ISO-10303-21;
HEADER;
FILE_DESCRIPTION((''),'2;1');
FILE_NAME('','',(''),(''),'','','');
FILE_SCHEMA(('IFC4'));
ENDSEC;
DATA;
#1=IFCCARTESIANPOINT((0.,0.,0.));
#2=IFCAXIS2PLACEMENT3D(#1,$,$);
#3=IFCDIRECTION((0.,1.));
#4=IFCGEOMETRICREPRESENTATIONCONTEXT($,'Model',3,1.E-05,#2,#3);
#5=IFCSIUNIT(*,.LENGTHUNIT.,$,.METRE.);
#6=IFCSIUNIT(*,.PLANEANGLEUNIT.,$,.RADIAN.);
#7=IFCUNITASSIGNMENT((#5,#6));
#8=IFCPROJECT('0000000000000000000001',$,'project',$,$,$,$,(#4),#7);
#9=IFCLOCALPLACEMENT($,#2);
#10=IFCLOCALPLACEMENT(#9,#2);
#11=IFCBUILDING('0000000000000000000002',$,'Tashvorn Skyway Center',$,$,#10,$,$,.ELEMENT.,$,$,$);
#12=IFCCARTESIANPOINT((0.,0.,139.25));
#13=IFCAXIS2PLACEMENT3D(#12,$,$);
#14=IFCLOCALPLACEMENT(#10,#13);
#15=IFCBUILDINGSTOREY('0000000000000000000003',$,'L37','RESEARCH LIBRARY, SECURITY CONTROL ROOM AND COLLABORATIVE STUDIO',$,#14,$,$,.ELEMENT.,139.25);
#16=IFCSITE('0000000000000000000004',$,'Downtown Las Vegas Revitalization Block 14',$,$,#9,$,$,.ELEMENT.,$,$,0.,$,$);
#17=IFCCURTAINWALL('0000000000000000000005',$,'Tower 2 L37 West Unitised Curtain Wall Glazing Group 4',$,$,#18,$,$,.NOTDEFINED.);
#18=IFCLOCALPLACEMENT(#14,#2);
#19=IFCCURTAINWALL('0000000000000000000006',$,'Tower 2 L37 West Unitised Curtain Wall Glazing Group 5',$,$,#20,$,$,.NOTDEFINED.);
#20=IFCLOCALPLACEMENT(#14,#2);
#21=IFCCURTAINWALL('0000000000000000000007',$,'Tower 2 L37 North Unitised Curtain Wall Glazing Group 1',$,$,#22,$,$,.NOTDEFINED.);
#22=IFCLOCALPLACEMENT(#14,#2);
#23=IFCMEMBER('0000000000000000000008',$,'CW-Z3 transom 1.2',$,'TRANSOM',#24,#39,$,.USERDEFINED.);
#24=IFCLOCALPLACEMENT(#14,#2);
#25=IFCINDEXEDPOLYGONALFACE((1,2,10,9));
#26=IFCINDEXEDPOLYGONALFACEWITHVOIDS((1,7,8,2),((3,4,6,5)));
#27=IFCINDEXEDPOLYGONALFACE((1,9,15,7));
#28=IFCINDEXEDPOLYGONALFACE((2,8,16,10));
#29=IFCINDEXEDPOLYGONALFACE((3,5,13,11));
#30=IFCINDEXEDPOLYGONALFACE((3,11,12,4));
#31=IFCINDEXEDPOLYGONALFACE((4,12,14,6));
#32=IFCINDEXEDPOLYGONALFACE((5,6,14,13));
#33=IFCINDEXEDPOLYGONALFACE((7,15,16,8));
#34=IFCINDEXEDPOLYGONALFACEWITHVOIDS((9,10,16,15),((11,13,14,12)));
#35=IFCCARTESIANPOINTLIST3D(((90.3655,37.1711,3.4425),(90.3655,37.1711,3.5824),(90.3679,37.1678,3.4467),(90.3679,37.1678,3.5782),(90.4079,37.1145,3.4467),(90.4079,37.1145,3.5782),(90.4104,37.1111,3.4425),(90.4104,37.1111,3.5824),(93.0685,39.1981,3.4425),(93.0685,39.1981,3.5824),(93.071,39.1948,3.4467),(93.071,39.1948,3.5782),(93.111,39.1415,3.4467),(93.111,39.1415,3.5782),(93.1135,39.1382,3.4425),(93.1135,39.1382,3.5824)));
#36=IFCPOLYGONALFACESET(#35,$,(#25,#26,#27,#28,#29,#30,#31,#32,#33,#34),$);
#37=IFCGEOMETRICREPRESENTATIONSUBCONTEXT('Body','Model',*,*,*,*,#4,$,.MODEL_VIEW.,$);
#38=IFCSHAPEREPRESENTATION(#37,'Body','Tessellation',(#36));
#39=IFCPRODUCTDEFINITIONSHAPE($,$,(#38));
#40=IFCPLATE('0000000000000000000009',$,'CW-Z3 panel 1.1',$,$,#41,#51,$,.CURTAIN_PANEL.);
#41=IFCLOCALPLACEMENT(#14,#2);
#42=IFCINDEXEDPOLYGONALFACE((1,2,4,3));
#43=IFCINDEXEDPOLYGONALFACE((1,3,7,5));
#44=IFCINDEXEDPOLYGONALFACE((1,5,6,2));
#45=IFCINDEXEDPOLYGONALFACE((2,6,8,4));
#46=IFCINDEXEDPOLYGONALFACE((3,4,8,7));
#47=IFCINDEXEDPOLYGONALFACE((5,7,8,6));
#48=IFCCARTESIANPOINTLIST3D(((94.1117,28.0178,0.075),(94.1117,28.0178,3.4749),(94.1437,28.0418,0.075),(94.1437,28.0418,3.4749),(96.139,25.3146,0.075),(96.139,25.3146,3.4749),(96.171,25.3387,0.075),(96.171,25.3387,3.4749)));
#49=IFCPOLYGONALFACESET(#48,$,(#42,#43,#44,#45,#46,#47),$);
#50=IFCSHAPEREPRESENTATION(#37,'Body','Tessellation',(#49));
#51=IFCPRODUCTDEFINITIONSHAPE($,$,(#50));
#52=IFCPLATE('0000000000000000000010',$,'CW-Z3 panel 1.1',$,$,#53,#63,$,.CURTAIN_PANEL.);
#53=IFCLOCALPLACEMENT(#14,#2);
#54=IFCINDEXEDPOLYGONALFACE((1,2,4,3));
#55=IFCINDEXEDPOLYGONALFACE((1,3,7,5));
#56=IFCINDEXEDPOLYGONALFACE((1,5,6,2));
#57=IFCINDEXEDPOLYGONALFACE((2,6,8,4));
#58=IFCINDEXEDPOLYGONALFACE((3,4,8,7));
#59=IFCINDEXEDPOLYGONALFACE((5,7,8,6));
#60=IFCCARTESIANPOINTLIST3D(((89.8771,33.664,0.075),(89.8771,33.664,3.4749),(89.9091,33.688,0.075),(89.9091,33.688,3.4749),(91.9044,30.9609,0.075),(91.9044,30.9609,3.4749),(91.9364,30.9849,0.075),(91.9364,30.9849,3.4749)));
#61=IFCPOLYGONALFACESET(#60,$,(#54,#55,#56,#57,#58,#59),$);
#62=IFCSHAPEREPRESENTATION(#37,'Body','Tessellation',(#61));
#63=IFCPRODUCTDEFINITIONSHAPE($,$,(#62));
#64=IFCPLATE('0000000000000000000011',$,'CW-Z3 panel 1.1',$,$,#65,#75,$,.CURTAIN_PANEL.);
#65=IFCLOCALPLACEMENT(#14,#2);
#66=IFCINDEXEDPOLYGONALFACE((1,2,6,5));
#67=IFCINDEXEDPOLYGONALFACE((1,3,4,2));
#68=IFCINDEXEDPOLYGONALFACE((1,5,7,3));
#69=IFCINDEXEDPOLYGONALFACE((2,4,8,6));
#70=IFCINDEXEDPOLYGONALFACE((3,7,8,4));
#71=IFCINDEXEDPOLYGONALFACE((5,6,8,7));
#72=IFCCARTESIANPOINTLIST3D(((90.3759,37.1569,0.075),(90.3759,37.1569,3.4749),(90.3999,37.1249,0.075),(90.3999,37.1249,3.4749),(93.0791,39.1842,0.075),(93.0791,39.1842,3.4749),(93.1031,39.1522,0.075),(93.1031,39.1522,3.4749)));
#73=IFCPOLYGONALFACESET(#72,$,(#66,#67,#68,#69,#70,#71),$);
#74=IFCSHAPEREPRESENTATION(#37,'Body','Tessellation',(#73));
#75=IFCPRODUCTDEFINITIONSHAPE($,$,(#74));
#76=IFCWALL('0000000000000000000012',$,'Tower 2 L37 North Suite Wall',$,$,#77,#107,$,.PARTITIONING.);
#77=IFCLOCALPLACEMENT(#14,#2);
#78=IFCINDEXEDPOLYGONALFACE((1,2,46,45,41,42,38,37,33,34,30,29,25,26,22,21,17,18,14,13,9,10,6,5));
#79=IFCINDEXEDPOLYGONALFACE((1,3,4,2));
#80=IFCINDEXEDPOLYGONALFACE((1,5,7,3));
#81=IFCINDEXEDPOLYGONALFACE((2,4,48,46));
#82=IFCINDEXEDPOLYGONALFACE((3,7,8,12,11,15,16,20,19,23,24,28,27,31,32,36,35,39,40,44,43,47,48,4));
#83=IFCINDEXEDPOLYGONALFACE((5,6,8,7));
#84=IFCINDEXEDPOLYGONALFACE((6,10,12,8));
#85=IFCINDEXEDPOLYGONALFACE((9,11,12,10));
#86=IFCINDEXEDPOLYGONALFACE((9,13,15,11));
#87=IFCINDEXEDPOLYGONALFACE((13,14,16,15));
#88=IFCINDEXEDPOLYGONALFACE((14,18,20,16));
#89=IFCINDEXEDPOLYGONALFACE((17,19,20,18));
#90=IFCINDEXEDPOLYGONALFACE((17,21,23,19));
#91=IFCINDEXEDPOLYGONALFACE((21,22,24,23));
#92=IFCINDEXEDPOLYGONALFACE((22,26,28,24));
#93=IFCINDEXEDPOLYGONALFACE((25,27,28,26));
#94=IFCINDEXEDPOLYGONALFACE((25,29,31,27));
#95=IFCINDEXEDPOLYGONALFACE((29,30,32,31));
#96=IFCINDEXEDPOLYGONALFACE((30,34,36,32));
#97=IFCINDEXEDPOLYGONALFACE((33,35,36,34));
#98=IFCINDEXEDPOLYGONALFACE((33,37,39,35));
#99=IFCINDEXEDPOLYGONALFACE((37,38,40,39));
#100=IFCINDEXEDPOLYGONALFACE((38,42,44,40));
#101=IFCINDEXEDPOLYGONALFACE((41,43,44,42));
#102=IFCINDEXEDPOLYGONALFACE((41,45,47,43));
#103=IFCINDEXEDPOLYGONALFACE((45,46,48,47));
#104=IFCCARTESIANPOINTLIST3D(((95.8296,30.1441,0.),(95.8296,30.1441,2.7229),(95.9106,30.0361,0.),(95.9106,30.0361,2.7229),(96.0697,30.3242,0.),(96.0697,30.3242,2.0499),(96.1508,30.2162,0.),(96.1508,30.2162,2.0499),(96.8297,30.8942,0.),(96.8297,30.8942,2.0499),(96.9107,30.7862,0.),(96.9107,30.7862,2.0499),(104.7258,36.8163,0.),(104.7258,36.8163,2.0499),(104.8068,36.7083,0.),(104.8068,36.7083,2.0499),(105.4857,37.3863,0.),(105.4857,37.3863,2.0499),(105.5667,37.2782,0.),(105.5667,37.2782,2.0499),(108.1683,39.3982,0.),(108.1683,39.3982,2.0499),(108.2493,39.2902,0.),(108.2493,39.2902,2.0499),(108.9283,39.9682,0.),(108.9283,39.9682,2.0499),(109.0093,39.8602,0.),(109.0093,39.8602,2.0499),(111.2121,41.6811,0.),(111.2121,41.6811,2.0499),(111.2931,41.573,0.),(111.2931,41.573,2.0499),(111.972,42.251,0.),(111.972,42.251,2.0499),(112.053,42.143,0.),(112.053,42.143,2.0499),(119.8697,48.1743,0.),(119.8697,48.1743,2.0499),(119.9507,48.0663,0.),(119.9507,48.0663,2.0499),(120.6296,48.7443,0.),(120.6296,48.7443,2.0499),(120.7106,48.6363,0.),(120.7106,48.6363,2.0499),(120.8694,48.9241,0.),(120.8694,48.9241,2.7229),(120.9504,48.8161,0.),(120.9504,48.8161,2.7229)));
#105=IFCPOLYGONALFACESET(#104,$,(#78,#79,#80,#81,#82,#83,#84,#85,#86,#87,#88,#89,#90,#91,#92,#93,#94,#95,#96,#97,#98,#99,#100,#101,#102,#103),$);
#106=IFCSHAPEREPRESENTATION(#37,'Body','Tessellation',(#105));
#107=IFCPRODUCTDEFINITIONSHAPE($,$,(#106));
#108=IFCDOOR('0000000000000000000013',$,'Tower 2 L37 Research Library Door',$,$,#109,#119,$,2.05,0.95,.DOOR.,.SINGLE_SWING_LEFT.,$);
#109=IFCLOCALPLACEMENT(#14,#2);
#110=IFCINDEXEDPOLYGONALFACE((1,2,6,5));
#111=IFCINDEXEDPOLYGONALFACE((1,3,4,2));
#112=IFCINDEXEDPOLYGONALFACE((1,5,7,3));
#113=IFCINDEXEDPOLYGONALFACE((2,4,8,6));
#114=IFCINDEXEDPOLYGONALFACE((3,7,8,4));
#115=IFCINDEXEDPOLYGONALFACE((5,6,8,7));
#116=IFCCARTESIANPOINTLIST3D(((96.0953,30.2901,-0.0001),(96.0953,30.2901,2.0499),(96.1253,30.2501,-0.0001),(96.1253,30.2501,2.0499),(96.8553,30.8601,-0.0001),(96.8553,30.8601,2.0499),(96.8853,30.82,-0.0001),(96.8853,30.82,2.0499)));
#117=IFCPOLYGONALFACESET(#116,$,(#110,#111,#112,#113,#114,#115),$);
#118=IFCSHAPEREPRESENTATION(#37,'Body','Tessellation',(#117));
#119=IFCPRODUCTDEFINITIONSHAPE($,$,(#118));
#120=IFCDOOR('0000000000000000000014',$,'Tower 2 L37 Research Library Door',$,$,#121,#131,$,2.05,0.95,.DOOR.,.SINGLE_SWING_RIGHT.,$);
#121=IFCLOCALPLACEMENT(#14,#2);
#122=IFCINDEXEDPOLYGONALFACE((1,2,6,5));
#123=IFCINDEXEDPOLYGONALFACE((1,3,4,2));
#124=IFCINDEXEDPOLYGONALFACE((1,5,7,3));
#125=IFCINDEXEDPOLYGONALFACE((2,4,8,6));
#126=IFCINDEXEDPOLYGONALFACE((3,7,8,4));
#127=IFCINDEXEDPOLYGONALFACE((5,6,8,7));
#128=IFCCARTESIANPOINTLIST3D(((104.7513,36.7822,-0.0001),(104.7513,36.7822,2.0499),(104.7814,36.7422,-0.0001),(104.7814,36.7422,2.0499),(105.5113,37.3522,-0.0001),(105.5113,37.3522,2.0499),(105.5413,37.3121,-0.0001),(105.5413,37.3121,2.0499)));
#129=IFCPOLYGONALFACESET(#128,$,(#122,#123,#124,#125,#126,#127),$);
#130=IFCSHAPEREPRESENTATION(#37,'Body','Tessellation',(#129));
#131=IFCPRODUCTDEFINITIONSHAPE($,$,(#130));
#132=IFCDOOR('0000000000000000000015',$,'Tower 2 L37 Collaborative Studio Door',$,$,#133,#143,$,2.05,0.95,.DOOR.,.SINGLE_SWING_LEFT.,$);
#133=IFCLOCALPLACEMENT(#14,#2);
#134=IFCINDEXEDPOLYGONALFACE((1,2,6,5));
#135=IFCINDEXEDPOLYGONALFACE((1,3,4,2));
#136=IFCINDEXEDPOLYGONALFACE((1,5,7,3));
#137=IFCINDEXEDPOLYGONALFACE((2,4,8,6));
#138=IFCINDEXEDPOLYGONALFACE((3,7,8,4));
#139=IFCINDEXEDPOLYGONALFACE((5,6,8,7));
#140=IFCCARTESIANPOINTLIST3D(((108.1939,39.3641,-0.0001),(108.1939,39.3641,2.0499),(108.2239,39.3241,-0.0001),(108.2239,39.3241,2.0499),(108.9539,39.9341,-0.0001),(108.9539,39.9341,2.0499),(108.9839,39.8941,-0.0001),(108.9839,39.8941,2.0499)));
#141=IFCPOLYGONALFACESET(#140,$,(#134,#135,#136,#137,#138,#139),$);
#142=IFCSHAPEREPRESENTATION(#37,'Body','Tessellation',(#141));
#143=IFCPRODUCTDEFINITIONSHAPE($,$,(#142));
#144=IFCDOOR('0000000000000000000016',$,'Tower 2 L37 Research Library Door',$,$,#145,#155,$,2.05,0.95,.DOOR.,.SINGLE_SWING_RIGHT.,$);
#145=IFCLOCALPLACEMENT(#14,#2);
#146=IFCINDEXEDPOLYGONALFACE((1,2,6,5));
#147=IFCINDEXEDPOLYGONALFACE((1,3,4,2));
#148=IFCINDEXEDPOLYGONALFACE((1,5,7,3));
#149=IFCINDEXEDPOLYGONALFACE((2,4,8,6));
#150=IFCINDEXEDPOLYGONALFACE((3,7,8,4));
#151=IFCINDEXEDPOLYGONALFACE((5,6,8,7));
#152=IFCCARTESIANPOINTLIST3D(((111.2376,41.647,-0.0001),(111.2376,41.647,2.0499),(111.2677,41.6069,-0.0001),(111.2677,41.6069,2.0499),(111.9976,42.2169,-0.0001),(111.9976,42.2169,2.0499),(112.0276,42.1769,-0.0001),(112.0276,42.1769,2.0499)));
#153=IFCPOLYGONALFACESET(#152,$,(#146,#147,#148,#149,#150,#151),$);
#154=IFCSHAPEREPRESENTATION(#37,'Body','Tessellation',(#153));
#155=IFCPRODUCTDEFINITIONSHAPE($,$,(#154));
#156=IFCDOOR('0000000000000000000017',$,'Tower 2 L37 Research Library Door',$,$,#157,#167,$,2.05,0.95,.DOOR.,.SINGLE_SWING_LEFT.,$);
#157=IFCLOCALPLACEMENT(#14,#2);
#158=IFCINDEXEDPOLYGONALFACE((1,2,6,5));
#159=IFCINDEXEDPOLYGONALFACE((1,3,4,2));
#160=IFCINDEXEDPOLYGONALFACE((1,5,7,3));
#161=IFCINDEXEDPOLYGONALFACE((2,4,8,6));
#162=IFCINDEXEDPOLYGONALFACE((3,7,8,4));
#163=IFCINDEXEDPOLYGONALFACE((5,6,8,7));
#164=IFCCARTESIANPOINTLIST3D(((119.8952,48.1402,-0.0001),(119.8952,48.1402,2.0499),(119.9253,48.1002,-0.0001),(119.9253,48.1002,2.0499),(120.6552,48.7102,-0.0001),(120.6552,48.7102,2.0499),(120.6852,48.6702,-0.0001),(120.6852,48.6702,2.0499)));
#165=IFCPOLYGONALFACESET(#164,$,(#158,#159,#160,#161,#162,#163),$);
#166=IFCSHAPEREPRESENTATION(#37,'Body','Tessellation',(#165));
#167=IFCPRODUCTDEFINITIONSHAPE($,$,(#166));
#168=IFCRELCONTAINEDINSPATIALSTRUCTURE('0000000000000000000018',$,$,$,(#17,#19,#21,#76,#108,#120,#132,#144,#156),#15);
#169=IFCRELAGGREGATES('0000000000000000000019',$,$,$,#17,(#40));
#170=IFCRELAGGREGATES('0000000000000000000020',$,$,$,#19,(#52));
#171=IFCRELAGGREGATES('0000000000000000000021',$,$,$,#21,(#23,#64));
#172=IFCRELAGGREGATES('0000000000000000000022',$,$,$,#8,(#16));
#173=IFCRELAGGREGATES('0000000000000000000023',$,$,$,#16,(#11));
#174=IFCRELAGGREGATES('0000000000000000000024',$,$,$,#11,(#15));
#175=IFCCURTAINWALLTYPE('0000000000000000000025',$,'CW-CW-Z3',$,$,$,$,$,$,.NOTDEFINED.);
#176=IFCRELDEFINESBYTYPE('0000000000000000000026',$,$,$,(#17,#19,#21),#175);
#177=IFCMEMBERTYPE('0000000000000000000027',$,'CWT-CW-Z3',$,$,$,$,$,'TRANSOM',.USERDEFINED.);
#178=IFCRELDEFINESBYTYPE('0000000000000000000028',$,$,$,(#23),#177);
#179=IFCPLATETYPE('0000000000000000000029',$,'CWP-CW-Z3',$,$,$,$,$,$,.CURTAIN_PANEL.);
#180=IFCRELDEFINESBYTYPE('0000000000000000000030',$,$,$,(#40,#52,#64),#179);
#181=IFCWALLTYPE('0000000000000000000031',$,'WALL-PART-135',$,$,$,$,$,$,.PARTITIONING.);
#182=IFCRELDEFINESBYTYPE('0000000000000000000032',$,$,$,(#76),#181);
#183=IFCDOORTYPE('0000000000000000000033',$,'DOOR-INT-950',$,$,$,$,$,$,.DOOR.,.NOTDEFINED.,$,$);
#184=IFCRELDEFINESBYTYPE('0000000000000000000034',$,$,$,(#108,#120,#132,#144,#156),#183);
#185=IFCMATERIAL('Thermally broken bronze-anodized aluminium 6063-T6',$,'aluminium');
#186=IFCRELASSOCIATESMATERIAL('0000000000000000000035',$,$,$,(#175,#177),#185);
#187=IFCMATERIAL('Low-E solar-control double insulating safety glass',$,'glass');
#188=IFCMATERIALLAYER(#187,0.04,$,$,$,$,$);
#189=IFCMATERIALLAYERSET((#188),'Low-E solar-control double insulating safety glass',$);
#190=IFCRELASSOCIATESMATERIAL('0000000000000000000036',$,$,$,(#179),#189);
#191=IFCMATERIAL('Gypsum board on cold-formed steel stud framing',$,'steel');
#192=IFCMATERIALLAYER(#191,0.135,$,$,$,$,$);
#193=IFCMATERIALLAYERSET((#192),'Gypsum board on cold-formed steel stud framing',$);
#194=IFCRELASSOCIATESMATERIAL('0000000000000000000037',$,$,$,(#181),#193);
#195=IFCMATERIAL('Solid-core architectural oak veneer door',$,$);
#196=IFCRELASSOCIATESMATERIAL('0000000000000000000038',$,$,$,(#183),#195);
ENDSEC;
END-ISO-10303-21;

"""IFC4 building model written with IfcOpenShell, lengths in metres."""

from ifc_helpers import new_model, si_unit, direction, frame, frame_2d, origin, origin_2d, place, context, subcontext, project, spatial, rectangle, hollow_rectangle, extrude, material, layer, layer_set, material_profile, profile_set, type_object, element, fill, aggregate, save


model = new_model("IFC4")

# Units and contexts
model_context = context("Model", 3, precision=1e-05, world=origin(), true_north=direction((0.0, 1.0)))
body_context = subcontext(model_context, "Body", "Model", "MODEL_VIEW")
ifc_project = project(units=[si_unit("LENGTHUNIT", "METRE"), si_unit("PLANEANGLEUNIT", "RADIAN")], contexts=[model_context])

# Site, building, storey
site_placement = place(None, origin())
site = spatial("IfcSite", under=ifc_project, at=site_placement, Name="Downtown Las Vegas Revitalization Block 14", CompositionType="ELEMENT", RefElevation=0.0)
building_placement = place(site_placement, origin())
building = spatial("IfcBuilding", under=site, at=building_placement, Name="Tashvorn Skyway Center", CompositionType="ELEMENT")
storey_placement = place(building_placement, frame((0.0, 0.0, 139.25)))
storey = spatial("IfcBuildingStorey", under=building, at=storey_placement, Name="L37", Description="RESEARCH LIBRARY, SECURITY CONTROL ROOM AND COLLABORATIVE STUDIO", CompositionType="ELEMENT", Elevation=139.25)

# Curtain walls
ifc_material_1 = material(Name="Thermally broken bronze-anodized aluminium 6063-T6", Category="aluminium")
curtain_wall_type = type_object("IfcCurtainWallType", Name="CW-CW-Z3", PredefinedType="NOTDEFINED", material=ifc_material_1)
curtain_wall_1_placement = place(storey_placement, origin())
curtain_wall_1 = element("IfcCurtainWall", 1, at=curtain_wall_1_placement, inside=storey, type_object=curtain_wall_type, Name="Tower 2 L37 West Unitised Curtain Wall Glazing Group 4", PredefinedType="NOTDEFINED")
curtain_wall_2_placement = place(storey_placement, origin())
curtain_wall_2 = element("IfcCurtainWall", 2, at=curtain_wall_2_placement, inside=storey, type_object=curtain_wall_type, Name="Tower 2 L37 West Unitised Curtain Wall Glazing Group 5", PredefinedType="NOTDEFINED")
curtain_wall_3_placement = place(storey_placement, origin())
curtain_wall_3 = element("IfcCurtainWall", 3, at=curtain_wall_3_placement, inside=storey, type_object=curtain_wall_type, Name="Tower 2 L37 North Unitised Curtain Wall Glazing Group 1", PredefinedType="NOTDEFINED")

# Member
ifc_material_profile_1 = material_profile(ifc_material_1, hollow_rectangle(XDim=0.075, YDim=0.1399, WallThickness=0.0042, at=origin_2d()), Name="ALU-TRAN-75x140")
ifc_profile_set_1 = profile_set([ifc_material_profile_1], Name="Thermally broken bronze-anodized aluminium 6063-T6")
member_type_1 = type_object("IfcMemberType", Name="CWT-CW-Z3", ElementType="TRANSOM", PredefinedType="USERDEFINED", material=ifc_profile_set_1)
member_1_placement = place(storey_placement, frame((90.3879, 37.1411, 3.5125), z_axis=(0.800035, 0.599954, 0.0), x_axis=(-0.599954, 0.800035, 0.0)))
member_1 = element("IfcMember", 4, at=member_1_placement, type_object=member_type_1, Name="CW-Z3 transom 1.2", ObjectType="TRANSOM", PredefinedType="USERDEFINED", context=body_context, shape_type="SweptSolid", body=[
    extrude(hollow_rectangle(XDim=0.075, YDim=0.1399, WallThickness=0.0042, at=origin_2d()), origin(), (0.0, 0.0, 1.0), 3.3787),
])

# Plates
ifc_material_2 = material(Name="Low-E solar-control double insulating safety glass", Category="glass")
ifc_layer_1 = layer(ifc_material_2, 0.04)
ifc_layer_set_1 = layer_set([ifc_layer_1], Name="Low-E solar-control double insulating safety glass")
plate_type = type_object("IfcPlateType", Name="CWP-CW-Z3", PredefinedType="CURTAIN_PANEL", material=ifc_layer_set_1)
plate_1_placement = place(storey_placement, frame((95.1414, 26.6782, 0.075), z_axis=(0.0, 0.0, 1.0), x_axis=(-0.599995, 0.800003, 0.0)))
plate_1 = element("IfcPlate", 5, at=plate_1_placement, type_object=plate_type, Name="CW-Z3 panel 1.1", PredefinedType="CURTAIN_PANEL", context=body_context, shape_type="SweptSolid", body=[
    extrude(rectangle(XDim=3.3789, YDim=0.04, at=origin_2d()), origin(), (0.0, 0.0, 1.0), 3.3999),
])
aggregate(curtain_wall_1, [plate_1])
plate_2_placement = place(storey_placement, frame((90.9067, 32.3245, 0.075), z_axis=(0.0, 0.0, 1.0), x_axis=(-0.599995, 0.800003, 0.0)))
plate_2 = element("IfcPlate", 6, at=plate_2_placement, type_object=plate_type, Name="CW-Z3 panel 1.1", PredefinedType="CURTAIN_PANEL", context=body_context, shape_type="SweptSolid", body=[
    extrude(rectangle(XDim=3.3789, YDim=0.04, at=origin_2d()), origin(), (0.0, 0.0, 1.0), 3.3999),
])
aggregate(curtain_wall_2, [plate_2])
plate_3_placement = place(storey_placement, frame((91.7395, 38.1545, 0.075), z_axis=(0.0, 0.0, 1.0), x_axis=(0.800003, 0.599995, 0.0)))
plate_3 = element("IfcPlate", 7, at=plate_3_placement, type_object=plate_type, Name="CW-Z3 panel 1.1", PredefinedType="CURTAIN_PANEL", context=body_context, shape_type="SweptSolid", body=[
    extrude(rectangle(XDim=3.3789, YDim=0.04, at=origin_2d()), origin(), (0.0, 0.0, 1.0), 3.3999),
])
aggregate(curtain_wall_3, [member_1, plate_3])

# Wall, openings, doors
ifc_material_3 = material(Name="Gypsum board on cold-formed steel stud framing", Category="steel")
ifc_layer_2 = layer(ifc_material_3, 0.135)
ifc_layer_set_2 = layer_set([ifc_layer_2], Name="Gypsum board on cold-formed steel stud framing")
wall_type = type_object("IfcWallType", Name="WALL-PART-135", PredefinedType="PARTITIONING", material=ifc_layer_set_2)
wall_1_placement = place(storey_placement, frame((95.8701, 30.0901, 0.0), z_axis=(0.0, 0.0, 1.0), x_axis=(0.799997, 0.600004, 0.0)))
wall_1 = element("IfcWall", 8, at=wall_1_placement, inside=storey, type_object=wall_type, Name="Tower 2 L37 North Suite Wall", PredefinedType="PARTITIONING", context=body_context, shape_type="SweptSolid", body=[
    extrude(rectangle(XDim=31.2998, YDim=0.135, at=frame_2d((15.6499, 0.0))), origin(), (0.0, 0.0, 1.0), 2.7229),
])
opening_1_placement = place(wall_1_placement, frame((0.3, 0.0, 0.0)))
opening_1 = element("IfcOpeningElement", 9, at=opening_1_placement, cuts=wall_1, PredefinedType="OPENING", context=body_context, shape_type="SweptSolid", body=[
    extrude(rectangle(XDim=0.95, YDim=2.05, at=frame_2d((0.4751, 1.0249))), frame((0.0, 0.0774, 0.0), z_axis=(0.0, -1.0, 0.0), x_axis=(1.0, 0.0, 0.0)), (0.0, 0.0, 1.0), 0.155),
])
opening_2_placement = place(wall_1_placement, frame((11.1201, 0.0, 0.0)))
opening_2 = element("IfcOpeningElement", 10, at=opening_2_placement, cuts=wall_1, PredefinedType="OPENING", context=body_context, shape_type="SweptSolid", body=[
    extrude(rectangle(XDim=0.95, YDim=2.05, at=frame_2d((0.4751, 1.0249))), frame((0.0, 0.0774, 0.0), z_axis=(0.0, -1.0, 0.0), x_axis=(1.0, 0.0, 0.0)), (0.0, 0.0, 1.0), 0.155),
])
opening_3_placement = place(wall_1_placement, frame((15.4233, 0.0, 0.0)))
opening_3 = element("IfcOpeningElement", 11, at=opening_3_placement, cuts=wall_1, PredefinedType="OPENING", context=body_context, shape_type="SweptSolid", body=[
    extrude(rectangle(XDim=0.95, YDim=2.05, at=frame_2d((0.4751, 1.0249))), frame((0.0, 0.0774, 0.0), z_axis=(0.0, -1.0, 0.0), x_axis=(1.0, 0.0, 0.0)), (0.0, 0.0, 1.0), 0.155),
])
opening_4_placement = place(wall_1_placement, frame((19.228, 0.0, 0.0)))
opening_4 = element("IfcOpeningElement", 12, at=opening_4_placement, cuts=wall_1, PredefinedType="OPENING", context=body_context, shape_type="SweptSolid", body=[
    extrude(rectangle(XDim=0.95, YDim=2.05, at=frame_2d((0.4751, 1.0249))), frame((0.0, 0.0774, 0.0), z_axis=(0.0, -1.0, 0.0), x_axis=(1.0, 0.0, 0.0)), (0.0, 0.0, 1.0), 0.155),
])
opening_5_placement = place(wall_1_placement, frame((30.05, 0.0, 0.0)))
opening_5 = element("IfcOpeningElement", 13, at=opening_5_placement, cuts=wall_1, PredefinedType="OPENING", context=body_context, shape_type="SweptSolid", body=[
    extrude(rectangle(XDim=0.95, YDim=2.05, at=frame_2d((0.4751, 1.0249))), frame((0.0, 0.0774, 0.0), z_axis=(0.0, -1.0, 0.0), x_axis=(1.0, 0.0, 0.0)), (0.0, 0.0, 1.0), 0.155),
])
ifc_material_4 = material(Name="Solid-core architectural oak veneer door")
door_type = type_object("IfcDoorType", Name="DOOR-INT-950", OperationType="NOTDEFINED", PredefinedType="DOOR", material=ifc_material_4)
door_1_placement = place(opening_1_placement, origin())
door_1 = element("IfcDoor", 14, at=door_1_placement, inside=storey, type_object=door_type, Name="Tower 2 L37 Research Library Door", OperationType="SINGLE_SWING_LEFT", OverallHeight=2.05, OverallWidth=0.95, PredefinedType="DOOR", context=body_context, shape_type="SweptSolid", body=[
    extrude(rectangle(XDim=0.95, YDim=2.05, at=frame_2d((0.4751, 1.0249))), frame((0.0, 0.0249, 0.0), z_axis=(0.0, -1.0, 0.0), x_axis=(1.0, 0.0, 0.0)), (0.0, 0.0, 1.0), 0.05),
])
fill(opening_1, door_1)
door_2_placement = place(opening_2_placement, origin())
door_2 = element("IfcDoor", 15, at=door_2_placement, inside=storey, type_object=door_type, Name="Tower 2 L37 Research Library Door", OperationType="SINGLE_SWING_RIGHT", OverallHeight=2.05, OverallWidth=0.95, PredefinedType="DOOR", context=body_context, shape_type="SweptSolid", body=[
    extrude(rectangle(XDim=0.95, YDim=2.05, at=frame_2d((0.4751, 1.0249))), frame((0.0, 0.0249, 0.0), z_axis=(0.0, -1.0, 0.0), x_axis=(1.0, 0.0, 0.0)), (0.0, 0.0, 1.0), 0.05),
])
fill(opening_2, door_2)
door_3_placement = place(opening_3_placement, origin())
door_3 = element("IfcDoor", 16, at=door_3_placement, inside=storey, type_object=door_type, Name="Tower 2 L37 Collaborative Studio Door", OperationType="SINGLE_SWING_LEFT", OverallHeight=2.05, OverallWidth=0.95, PredefinedType="DOOR", context=body_context, shape_type="SweptSolid", body=[
    extrude(rectangle(XDim=0.95, YDim=2.05, at=frame_2d((0.4751, 1.0249))), frame((0.0, 0.0249, 0.0), z_axis=(0.0, -1.0, 0.0), x_axis=(1.0, 0.0, 0.0)), (0.0, 0.0, 1.0), 0.05),
])
fill(opening_3, door_3)
door_4_placement = place(opening_4_placement, origin())
door_4 = element("IfcDoor", 17, at=door_4_placement, inside=storey, type_object=door_type, Name="Tower 2 L37 Research Library Door", OperationType="SINGLE_SWING_RIGHT", OverallHeight=2.05, OverallWidth=0.95, PredefinedType="DOOR", context=body_context, shape_type="SweptSolid", body=[
    extrude(rectangle(XDim=0.95, YDim=2.05, at=frame_2d((0.4751, 1.0249))), frame((0.0, 0.0249, 0.0), z_axis=(0.0, -1.0, 0.0), x_axis=(1.0, 0.0, 0.0)), (0.0, 0.0, 1.0), 0.05),
])
fill(opening_4, door_4)
door_5_placement = place(opening_5_placement, origin())
door_5 = element("IfcDoor", 18, at=door_5_placement, inside=storey, type_object=door_type, Name="Tower 2 L37 Research Library Door", OperationType="SINGLE_SWING_LEFT", OverallHeight=2.05, OverallWidth=0.95, PredefinedType="DOOR", context=body_context, shape_type="SweptSolid", body=[
    extrude(rectangle(XDim=0.95, YDim=2.05, at=frame_2d((0.4751, 1.0249))), frame((0.0, 0.0249, 0.0), z_axis=(0.0, -1.0, 0.0), x_axis=(1.0, 0.0, 0.0)), (0.0, 0.0, 1.0), 0.05),
])
fill(opening_5, door_5)

save(model, "model.ifc")
